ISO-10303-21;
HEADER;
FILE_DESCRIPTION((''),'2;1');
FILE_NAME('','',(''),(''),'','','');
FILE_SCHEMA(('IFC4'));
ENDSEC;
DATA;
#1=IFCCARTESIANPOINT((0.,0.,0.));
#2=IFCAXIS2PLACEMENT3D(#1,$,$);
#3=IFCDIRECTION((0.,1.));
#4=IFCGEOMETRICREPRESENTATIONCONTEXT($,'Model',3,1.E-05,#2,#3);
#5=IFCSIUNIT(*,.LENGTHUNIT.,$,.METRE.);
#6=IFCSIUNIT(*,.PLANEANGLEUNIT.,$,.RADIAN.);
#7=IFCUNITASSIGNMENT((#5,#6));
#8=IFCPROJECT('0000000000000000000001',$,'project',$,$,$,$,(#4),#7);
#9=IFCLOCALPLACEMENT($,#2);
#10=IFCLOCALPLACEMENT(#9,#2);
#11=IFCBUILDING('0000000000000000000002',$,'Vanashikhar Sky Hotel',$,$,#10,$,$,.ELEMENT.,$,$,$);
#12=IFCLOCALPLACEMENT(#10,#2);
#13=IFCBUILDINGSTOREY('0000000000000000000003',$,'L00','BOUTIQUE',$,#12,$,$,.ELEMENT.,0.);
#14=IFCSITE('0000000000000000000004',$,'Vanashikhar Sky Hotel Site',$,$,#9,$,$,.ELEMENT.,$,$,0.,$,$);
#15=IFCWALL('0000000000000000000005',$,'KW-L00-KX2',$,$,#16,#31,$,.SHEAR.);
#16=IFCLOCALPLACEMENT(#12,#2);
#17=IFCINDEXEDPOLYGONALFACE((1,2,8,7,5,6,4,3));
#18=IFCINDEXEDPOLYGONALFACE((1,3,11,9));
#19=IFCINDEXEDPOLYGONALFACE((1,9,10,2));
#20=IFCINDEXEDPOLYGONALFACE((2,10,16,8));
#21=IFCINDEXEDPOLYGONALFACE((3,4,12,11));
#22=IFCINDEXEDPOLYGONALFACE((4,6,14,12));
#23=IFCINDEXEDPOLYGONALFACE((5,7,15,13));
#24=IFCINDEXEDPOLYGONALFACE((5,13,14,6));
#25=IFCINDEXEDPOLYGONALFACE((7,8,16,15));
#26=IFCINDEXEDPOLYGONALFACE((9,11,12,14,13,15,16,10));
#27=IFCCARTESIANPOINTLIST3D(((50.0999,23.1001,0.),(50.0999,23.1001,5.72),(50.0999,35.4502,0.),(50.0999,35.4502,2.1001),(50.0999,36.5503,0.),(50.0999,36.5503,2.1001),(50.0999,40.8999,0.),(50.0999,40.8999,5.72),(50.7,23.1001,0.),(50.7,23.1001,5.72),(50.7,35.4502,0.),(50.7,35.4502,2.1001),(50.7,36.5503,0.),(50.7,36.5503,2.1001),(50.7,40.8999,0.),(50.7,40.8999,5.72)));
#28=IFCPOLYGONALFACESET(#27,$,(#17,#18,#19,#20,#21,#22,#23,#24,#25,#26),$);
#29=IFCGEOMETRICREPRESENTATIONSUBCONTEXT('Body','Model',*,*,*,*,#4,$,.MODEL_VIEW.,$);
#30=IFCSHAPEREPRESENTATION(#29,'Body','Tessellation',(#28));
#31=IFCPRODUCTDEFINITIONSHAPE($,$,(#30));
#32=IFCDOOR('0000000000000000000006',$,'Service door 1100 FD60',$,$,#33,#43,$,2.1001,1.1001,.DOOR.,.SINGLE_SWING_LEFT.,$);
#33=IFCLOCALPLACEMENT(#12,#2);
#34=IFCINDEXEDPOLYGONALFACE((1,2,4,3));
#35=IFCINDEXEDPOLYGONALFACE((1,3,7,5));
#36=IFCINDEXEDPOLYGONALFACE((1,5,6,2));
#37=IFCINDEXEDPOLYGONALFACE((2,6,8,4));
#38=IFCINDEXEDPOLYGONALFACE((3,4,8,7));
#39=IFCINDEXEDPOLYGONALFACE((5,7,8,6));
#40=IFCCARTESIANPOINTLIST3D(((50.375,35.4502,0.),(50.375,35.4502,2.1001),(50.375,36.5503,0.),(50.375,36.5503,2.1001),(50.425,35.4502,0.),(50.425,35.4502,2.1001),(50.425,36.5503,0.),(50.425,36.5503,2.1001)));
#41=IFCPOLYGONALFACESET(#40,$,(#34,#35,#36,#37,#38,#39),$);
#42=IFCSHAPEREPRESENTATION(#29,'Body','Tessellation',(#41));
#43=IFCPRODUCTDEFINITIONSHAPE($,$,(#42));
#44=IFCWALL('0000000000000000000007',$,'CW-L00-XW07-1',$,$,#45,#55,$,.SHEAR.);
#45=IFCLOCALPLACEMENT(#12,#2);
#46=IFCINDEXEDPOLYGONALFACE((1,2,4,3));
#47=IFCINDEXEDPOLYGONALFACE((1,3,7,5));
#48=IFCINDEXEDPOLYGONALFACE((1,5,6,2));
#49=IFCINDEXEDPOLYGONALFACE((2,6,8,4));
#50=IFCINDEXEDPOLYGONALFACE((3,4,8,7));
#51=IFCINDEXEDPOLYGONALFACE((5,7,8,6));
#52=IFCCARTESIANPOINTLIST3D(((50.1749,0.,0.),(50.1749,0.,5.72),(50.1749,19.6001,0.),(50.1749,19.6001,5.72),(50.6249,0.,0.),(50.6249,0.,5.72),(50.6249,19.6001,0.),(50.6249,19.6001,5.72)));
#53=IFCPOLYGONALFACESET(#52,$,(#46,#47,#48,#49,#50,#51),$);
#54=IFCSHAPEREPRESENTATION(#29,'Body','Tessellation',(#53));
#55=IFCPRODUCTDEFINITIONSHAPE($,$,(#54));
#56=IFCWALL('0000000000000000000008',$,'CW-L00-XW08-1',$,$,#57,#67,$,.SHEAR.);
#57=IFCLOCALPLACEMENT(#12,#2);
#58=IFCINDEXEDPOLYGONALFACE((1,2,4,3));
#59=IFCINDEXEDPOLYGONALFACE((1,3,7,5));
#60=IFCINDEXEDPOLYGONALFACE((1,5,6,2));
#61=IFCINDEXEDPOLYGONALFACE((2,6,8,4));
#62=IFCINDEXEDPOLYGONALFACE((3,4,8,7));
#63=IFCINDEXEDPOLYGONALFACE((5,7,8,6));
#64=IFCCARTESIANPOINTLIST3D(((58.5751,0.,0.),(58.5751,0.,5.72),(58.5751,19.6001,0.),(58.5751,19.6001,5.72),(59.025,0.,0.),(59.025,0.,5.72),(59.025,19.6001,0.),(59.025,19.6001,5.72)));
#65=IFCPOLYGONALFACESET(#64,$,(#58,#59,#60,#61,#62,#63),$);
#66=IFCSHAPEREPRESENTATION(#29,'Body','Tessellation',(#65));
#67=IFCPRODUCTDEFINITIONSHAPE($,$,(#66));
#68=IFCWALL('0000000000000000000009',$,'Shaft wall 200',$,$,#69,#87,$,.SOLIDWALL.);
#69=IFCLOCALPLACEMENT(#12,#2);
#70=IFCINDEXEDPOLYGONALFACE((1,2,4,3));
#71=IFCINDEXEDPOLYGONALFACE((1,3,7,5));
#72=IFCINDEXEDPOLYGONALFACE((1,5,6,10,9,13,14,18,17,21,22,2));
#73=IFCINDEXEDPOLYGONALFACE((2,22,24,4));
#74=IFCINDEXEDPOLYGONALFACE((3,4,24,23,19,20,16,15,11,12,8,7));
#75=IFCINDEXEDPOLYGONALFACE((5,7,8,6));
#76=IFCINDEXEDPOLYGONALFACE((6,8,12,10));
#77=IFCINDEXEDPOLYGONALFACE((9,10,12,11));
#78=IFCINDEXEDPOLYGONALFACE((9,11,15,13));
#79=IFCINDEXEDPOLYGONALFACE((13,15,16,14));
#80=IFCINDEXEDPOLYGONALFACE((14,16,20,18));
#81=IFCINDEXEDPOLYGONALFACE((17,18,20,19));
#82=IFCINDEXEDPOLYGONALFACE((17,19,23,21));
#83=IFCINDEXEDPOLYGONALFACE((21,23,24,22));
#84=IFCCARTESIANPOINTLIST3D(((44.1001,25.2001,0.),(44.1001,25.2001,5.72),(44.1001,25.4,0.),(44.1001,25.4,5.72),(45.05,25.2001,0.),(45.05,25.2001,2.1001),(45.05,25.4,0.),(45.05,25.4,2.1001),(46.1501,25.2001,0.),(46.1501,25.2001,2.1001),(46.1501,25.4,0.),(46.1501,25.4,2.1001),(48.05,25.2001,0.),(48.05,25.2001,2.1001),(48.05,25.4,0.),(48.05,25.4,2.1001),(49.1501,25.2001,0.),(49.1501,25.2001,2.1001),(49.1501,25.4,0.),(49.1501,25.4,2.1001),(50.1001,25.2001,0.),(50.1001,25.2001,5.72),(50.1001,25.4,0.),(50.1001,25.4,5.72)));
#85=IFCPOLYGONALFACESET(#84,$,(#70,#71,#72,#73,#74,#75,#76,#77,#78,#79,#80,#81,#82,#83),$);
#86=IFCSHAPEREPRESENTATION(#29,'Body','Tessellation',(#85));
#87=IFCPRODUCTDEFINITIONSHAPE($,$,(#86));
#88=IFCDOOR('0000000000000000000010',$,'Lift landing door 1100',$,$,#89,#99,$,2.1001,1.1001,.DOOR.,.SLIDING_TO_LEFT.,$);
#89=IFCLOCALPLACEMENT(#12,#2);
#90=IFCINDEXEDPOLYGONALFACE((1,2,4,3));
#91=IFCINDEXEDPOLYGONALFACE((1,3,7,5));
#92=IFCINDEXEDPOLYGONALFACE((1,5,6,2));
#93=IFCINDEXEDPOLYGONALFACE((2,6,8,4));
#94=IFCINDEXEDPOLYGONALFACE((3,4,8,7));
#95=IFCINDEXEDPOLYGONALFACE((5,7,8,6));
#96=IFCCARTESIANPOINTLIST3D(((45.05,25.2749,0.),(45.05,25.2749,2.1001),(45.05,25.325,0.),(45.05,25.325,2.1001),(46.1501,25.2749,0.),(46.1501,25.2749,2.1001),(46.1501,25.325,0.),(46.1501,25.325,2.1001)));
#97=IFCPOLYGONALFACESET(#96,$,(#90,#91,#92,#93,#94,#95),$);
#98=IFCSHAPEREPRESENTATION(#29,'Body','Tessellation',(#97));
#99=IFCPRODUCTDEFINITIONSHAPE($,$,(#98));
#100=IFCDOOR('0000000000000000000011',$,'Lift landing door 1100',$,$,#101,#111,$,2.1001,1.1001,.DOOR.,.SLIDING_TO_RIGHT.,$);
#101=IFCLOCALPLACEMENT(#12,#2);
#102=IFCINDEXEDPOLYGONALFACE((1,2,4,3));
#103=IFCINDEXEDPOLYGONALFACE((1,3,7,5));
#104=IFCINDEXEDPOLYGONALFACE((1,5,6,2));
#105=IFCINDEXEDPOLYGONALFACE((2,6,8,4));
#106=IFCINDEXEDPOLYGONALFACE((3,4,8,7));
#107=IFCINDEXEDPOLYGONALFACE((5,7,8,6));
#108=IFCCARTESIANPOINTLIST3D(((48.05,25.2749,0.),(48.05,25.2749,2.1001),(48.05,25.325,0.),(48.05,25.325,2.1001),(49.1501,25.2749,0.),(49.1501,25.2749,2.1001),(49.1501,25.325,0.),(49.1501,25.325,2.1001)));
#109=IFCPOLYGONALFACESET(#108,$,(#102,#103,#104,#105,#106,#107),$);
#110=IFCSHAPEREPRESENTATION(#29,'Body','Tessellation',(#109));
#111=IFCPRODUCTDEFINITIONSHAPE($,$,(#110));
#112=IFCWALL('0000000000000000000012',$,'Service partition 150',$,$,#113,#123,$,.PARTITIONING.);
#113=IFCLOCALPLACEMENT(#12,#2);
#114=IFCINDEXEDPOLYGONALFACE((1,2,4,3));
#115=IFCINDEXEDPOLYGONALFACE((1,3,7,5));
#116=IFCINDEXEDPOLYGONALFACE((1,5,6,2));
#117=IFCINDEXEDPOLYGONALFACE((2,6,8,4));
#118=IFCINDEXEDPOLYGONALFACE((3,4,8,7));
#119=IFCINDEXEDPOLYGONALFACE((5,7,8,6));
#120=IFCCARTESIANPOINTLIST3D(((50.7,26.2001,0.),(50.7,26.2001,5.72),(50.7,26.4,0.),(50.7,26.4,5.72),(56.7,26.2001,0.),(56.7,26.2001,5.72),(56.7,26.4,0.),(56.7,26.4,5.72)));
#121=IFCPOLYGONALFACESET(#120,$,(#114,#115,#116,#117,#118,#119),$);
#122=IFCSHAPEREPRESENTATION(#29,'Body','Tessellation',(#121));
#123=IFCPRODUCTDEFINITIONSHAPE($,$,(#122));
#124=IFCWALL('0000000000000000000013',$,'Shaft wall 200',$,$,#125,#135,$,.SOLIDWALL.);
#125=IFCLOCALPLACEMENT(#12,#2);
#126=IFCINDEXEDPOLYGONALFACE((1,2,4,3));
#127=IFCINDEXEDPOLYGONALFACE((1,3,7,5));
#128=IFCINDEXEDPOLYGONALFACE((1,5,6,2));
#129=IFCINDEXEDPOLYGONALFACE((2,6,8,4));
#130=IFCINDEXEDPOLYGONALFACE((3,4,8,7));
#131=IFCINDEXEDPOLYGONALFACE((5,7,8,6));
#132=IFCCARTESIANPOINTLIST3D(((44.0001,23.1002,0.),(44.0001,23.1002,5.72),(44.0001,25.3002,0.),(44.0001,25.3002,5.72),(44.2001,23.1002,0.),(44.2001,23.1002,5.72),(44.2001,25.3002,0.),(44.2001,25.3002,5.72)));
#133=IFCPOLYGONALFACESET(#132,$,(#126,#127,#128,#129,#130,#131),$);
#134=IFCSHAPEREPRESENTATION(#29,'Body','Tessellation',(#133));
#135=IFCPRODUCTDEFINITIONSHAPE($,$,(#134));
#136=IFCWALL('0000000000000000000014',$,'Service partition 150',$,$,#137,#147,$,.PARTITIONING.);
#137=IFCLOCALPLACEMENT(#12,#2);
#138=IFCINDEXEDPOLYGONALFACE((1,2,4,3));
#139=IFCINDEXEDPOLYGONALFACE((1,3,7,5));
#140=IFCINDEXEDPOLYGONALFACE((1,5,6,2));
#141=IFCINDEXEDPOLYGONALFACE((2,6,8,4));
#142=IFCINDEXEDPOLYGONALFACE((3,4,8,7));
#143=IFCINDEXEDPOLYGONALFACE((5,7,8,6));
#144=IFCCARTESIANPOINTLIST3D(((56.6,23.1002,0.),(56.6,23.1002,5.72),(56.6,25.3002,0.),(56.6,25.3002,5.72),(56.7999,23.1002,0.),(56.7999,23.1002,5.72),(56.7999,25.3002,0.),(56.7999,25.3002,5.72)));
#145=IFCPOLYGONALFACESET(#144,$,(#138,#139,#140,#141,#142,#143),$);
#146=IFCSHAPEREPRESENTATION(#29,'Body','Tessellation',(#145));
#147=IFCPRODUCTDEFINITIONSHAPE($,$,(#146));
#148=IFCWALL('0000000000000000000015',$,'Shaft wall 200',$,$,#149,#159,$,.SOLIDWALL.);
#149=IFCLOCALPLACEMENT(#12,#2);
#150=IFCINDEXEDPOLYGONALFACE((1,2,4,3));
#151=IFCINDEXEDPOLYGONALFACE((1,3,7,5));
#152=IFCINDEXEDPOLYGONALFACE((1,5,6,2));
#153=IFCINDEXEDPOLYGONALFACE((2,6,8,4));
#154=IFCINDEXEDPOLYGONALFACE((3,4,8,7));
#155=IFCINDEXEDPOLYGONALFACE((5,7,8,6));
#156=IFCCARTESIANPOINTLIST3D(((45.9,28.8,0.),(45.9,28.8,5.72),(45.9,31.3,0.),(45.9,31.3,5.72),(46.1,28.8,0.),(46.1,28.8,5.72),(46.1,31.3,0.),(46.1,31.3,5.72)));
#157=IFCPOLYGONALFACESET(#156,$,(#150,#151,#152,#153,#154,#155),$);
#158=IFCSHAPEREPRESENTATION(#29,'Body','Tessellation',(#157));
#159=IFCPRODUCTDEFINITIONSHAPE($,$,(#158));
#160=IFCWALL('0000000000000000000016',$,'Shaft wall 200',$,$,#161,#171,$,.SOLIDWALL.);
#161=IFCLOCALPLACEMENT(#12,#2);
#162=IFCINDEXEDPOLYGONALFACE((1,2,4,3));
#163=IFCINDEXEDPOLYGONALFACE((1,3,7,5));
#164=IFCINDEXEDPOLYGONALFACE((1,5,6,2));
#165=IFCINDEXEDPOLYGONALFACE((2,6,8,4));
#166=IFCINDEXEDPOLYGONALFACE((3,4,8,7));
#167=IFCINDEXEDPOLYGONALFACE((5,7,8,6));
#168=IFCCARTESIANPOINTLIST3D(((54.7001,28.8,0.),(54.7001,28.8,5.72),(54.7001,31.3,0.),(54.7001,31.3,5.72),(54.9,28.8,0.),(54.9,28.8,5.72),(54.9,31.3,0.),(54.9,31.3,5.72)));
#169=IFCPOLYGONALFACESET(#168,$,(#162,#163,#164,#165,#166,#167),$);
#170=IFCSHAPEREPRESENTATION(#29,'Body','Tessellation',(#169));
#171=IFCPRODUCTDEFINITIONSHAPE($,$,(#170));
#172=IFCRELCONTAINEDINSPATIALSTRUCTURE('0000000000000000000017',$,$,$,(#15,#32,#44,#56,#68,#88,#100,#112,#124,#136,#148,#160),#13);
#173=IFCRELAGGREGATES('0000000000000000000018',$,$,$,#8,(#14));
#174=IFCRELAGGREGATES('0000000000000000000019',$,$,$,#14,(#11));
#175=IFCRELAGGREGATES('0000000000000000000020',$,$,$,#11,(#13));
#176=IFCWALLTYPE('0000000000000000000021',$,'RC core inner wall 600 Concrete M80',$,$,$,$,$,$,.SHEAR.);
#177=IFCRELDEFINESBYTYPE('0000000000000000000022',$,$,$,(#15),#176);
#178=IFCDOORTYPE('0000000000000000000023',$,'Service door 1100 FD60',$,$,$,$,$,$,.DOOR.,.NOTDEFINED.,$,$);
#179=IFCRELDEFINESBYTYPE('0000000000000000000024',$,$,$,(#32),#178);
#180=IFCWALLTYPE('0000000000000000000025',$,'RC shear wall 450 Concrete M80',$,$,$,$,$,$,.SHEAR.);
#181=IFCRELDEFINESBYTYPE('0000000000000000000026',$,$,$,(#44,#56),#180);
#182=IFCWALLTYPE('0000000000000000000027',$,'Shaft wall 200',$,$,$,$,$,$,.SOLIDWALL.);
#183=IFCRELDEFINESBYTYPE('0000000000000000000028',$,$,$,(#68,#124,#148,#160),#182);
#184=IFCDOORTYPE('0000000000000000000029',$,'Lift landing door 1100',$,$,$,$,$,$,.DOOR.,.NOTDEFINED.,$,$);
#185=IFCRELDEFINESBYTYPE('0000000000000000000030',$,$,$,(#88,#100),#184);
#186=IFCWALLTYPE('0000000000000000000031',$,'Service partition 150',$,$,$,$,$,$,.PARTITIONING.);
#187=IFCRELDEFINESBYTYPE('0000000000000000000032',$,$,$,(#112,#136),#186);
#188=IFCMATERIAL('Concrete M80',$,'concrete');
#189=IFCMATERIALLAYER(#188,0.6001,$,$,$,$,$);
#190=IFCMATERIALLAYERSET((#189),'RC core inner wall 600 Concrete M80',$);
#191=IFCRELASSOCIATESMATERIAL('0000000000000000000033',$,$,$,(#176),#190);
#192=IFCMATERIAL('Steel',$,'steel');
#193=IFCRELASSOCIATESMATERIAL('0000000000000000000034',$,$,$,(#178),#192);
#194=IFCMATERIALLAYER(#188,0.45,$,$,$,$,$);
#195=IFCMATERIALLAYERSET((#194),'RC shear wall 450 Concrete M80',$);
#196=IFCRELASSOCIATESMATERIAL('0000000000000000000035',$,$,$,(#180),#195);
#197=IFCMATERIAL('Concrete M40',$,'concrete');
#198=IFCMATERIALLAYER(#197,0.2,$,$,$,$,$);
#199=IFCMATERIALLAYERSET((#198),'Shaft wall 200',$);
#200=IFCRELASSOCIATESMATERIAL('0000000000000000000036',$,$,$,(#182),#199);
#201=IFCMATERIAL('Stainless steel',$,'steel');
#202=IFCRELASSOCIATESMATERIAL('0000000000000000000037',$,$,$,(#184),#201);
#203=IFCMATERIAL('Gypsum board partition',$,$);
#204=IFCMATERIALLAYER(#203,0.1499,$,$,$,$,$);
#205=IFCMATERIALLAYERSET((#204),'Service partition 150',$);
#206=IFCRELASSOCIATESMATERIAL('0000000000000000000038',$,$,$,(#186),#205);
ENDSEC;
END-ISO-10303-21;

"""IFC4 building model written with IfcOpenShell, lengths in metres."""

from ifc_helpers import new_model, si_unit, direction, frame, frame_2d, origin, place, context, subcontext, project, spatial, rectangle, extrude, source, transform, mapped, material, layer, layer_set, type_object, element, fill, save


model = new_model("IFC4")

# Units and contexts
model_context = context("Model", 3, precision=1e-05, world=origin(), true_north=direction((0.0, 1.0)))
body_context = subcontext(model_context, "Body", "Model", "MODEL_VIEW")
ifc_project = project(units=[si_unit("LENGTHUNIT", "METRE"), si_unit("PLANEANGLEUNIT", "RADIAN")], contexts=[model_context])

# Site, building, storey
site_placement = place(None, origin())
site = spatial("IfcSite", under=ifc_project, at=site_placement, Name="Vanashikhar Sky Hotel Site", CompositionType="ELEMENT", RefElevation=0.0)
building_placement = place(site_placement, origin())
building = spatial("IfcBuilding", under=site, at=building_placement, Name="Vanashikhar Sky Hotel", CompositionType="ELEMENT")
storey_placement = place(building_placement, origin())
storey = spatial("IfcBuildingStorey", under=building, at=storey_placement, Name="L00", Description="BOUTIQUE", CompositionType="ELEMENT", Elevation=0.0)

# Wall, opening, door
ifc_material_1 = material(Name="Concrete M80", Category="concrete")
ifc_layer_1 = layer(ifc_material_1, 0.6001)
ifc_layer_set_1 = layer_set([ifc_layer_1], Name="RC core inner wall 600 Concrete M80")
wall_type_1 = type_object("IfcWallType", Name="RC core inner wall 600 Concrete M80", PredefinedType="SHEAR", material=ifc_layer_set_1)
shared_shape_1 = source(origin(), body_context, "Body", "SweptSolid", [
    extrude(rectangle(XDim=17.7998, YDim=0.6001, at=frame_2d((8.8999, 0.0))), origin(), (0.0, 0.0, 1.0), 5.72),
])
wall_1_placement = place(storey_placement, frame((50.3999, 23.1001, 0.0), z_axis=(0.0, 0.0, 1.0), x_axis=(0.0, 1.0, 0.0)))
wall_1 = element("IfcWall", 1, at=wall_1_placement, inside=storey, type_object=wall_type_1, Name="KW-L00-KX2", PredefinedType="SHEAR", context=body_context, shape_type="MappedRepresentation", body=[
    mapped(shared_shape_1, transform((0.0, 0.0, 0.0), scale=1.0)),
])
shared_shape_2 = source(origin(), body_context, "Body", "SweptSolid", [
    extrude(rectangle(XDim=1.1001, YDim=2.1001, at=frame_2d((0.55, 1.05))), frame((0.0, 0.3101, 0.0), z_axis=(0.0, -1.0, 0.0), x_axis=(1.0, 0.0, 0.0)), (0.0, 0.0, 1.0), 0.6201),
])
opening_1_placement = place(wall_1_placement, frame((12.3501, 0.0, 0.0)))
opening_1 = element("IfcOpeningElement", 2, at=opening_1_placement, cuts=wall_1, PredefinedType="OPENING", context=body_context, shape_type="MappedRepresentation", body=[
    mapped(shared_shape_2, transform((0.0, 0.0, 0.0), scale=1.0)),
])
ifc_material_2 = material(Name="Steel", Category="steel")
door_type_1 = type_object("IfcDoorType", Name="Service door 1100 FD60", OperationType="NOTDEFINED", PredefinedType="DOOR", material=ifc_material_2)
shared_shape_3 = source(origin(), body_context, "Body", "SweptSolid", [
    extrude(rectangle(XDim=1.1001, YDim=2.1001, at=frame_2d((0.55, 1.05))), frame((0.0, 0.0249, 0.0), z_axis=(0.0, -1.0, 0.0), x_axis=(1.0, 0.0, 0.0)), (0.0, 0.0, 1.0), 0.05),
])
door_1_placement = place(opening_1_placement, origin())
door_1 = element("IfcDoor", 3, at=door_1_placement, inside=storey, type_object=door_type_1, Name="Service door 1100 FD60", OperationType="SINGLE_SWING_LEFT", OverallHeight=2.1001, OverallWidth=1.1001, PredefinedType="DOOR", context=body_context, shape_type="MappedRepresentation", body=[
    mapped(shared_shape_3, transform((0.0, 0.0, 0.0), scale=1.0)),
])
fill(opening_1, door_1)

# Walls
ifc_layer_2 = layer(ifc_material_1, 0.45)
ifc_layer_set_2 = layer_set([ifc_layer_2], Name="RC shear wall 450 Concrete M80")
wall_type_2 = type_object("IfcWallType", Name="RC shear wall 450 Concrete M80", PredefinedType="SHEAR", material=ifc_layer_set_2)
shared_shape_4 = source(origin(), body_context, "Body", "SweptSolid", [
    extrude(rectangle(XDim=19.6001, YDim=0.45, at=frame_2d((9.8, 0.0))), origin(), (0.0, 0.0, 1.0), 5.72),
])
for number, where, z_axis, x_axis, name in (
    (4, (50.3999, 0.0, 0.0), (0.0, 0.0, 1.0), (0.0, 1.0, 0.0), "CW-L00-XW07-1"),
    (5, (58.8, 0.0, 0.0), (0.0, 0.0, 1.0), (0.0, 1.0, 0.0), "CW-L00-XW08-1"),
):
    element("IfcWall", number, at=place(storey_placement, frame(where, z_axis=z_axis, x_axis=x_axis)), inside=storey, type_object=wall_type_2, Name=name, PredefinedType="SHEAR", context=body_context, shape_type="MappedRepresentation", body=[
        mapped(shared_shape_4, transform((0.0, 0.0, 0.0), scale=1.0)),
    ])

# Wall, openings, doors
ifc_material_3 = material(Name="Concrete M40", Category="concrete")
ifc_layer_3 = layer(ifc_material_3, 0.2)
ifc_layer_set_3 = layer_set([ifc_layer_3], Name="Shaft wall 200")
wall_type_3 = type_object("IfcWallType", Name="Shaft wall 200", PredefinedType="SOLIDWALL", material=ifc_layer_set_3)
shared_shape_5 = source(origin(), body_context, "Body", "SweptSolid", [
    extrude(rectangle(XDim=6.0, YDim=0.2, at=frame_2d((3.0, 0.0))), origin(), (0.0, 0.0, 1.0), 5.72),
])
wall_2_placement = place(storey_placement, frame((44.1001, 25.3, 0.0), z_axis=(0.0, 0.0, 1.0), x_axis=(1.0, 0.0, 0.0)))
wall_2 = element("IfcWall", 6, at=wall_2_placement, inside=storey, type_object=wall_type_3, Name="Shaft wall 200", PredefinedType="SOLIDWALL", context=body_context, shape_type="MappedRepresentation", body=[
    mapped(shared_shape_5, transform((0.0, 0.0, 0.0), scale=1.0)),
])
shared_shape_6 = source(origin(), body_context, "Body", "SweptSolid", [
    extrude(rectangle(XDim=1.1001, YDim=2.1001, at=frame_2d((0.55, 1.05))), frame((0.0, 0.1099, 0.0), z_axis=(0.0, -1.0, 0.0), x_axis=(1.0, 0.0, 0.0)), (0.0, 0.0, 1.0), 0.22),
])
opening_2_placement = place(wall_2_placement, frame((0.95, 0.0, 0.0)))
opening_2 = element("IfcOpeningElement", 7, at=opening_2_placement, cuts=wall_2, PredefinedType="OPENING", context=body_context, shape_type="MappedRepresentation", body=[
    mapped(shared_shape_6, transform((0.0, 0.0, 0.0), scale=1.0)),
])
opening_3_placement = place(wall_2_placement, frame((3.95, 0.0, 0.0)))
opening_3 = element("IfcOpeningElement", 8, at=opening_3_placement, cuts=wall_2, PredefinedType="OPENING", context=body_context, shape_type="MappedRepresentation", body=[
    mapped(shared_shape_6, transform((0.0, 0.0, 0.0), scale=1.0)),
])
ifc_material_4 = material(Name="Stainless steel", Category="steel")
door_type_2 = type_object("IfcDoorType", Name="Lift landing door 1100", OperationType="NOTDEFINED", PredefinedType="DOOR", material=ifc_material_4)
door_2_placement = place(opening_2_placement, origin())
door_2 = element("IfcDoor", 9, at=door_2_placement, inside=storey, type_object=door_type_2, Name="Lift landing door 1100", OperationType="SLIDING_TO_LEFT", OverallHeight=2.1001, OverallWidth=1.1001, PredefinedType="DOOR", context=body_context, shape_type="MappedRepresentation", body=[
    mapped(shared_shape_3, transform((0.0, 0.0, 0.0), scale=1.0)),
])
fill(opening_2, door_2)
door_3_placement = place(opening_3_placement, origin())
door_3 = element("IfcDoor", 10, at=door_3_placement, inside=storey, type_object=door_type_2, Name="Lift landing door 1100", OperationType="SLIDING_TO_RIGHT", OverallHeight=2.1001, OverallWidth=1.1001, PredefinedType="DOOR", context=body_context, shape_type="MappedRepresentation", body=[
    mapped(shared_shape_3, transform((0.0, 0.0, 0.0), scale=1.0)),
])
fill(opening_3, door_3)

# Walls
ifc_material_5 = material(Name="Gypsum board partition")
ifc_layer_4 = layer(ifc_material_5, 0.1499)
ifc_layer_set_4 = layer_set([ifc_layer_4], Name="Service partition 150")
wall_type_4 = type_object("IfcWallType", Name="Service partition 150", PredefinedType="PARTITIONING", material=ifc_layer_set_4)
wall_3_placement = place(storey_placement, frame((56.7, 26.3, 0.0), z_axis=(0.0, 0.0, 1.0), x_axis=(-1.0, 0.0, 0.0)))
element("IfcWall", 11, at=wall_3_placement, inside=storey, type_object=wall_type_4, Name="Service partition 150", PredefinedType="PARTITIONING", context=body_context, shape_type="MappedRepresentation", body=[
    mapped(shared_shape_5, transform((0.0, 0.0, 0.0), scale=1.0)),
])
shared_shape_7 = source(origin(), body_context, "Body", "SweptSolid", [
    extrude(rectangle(XDim=2.2, YDim=0.2, at=frame_2d((1.1001, 0.0))), origin(), (0.0, 0.0, 1.0), 5.72),
])
wall_4_placement = place(storey_placement, frame((44.1001, 23.1001, 0.0), z_axis=(0.0, 0.0, 1.0), x_axis=(0.0, 1.0, 0.0)))
element("IfcWall", 12, at=wall_4_placement, inside=storey, type_object=wall_type_3, Name="Shaft wall 200", PredefinedType="SOLIDWALL", context=body_context, shape_type="MappedRepresentation", body=[
    mapped(shared_shape_7, transform((0.0, 0.0, 0.0), scale=1.0)),
])
wall_5_placement = place(storey_placement, frame((56.7, 23.1001, 0.0), z_axis=(0.0, 0.0, 1.0), x_axis=(0.0, 1.0, 0.0)))
element("IfcWall", 13, at=wall_5_placement, inside=storey, type_object=wall_type_4, Name="Service partition 150", PredefinedType="PARTITIONING", context=body_context, shape_type="MappedRepresentation", body=[
    mapped(shared_shape_7, transform((0.0, 0.0, 0.0), scale=1.0)),
])
shared_shape_8 = source(origin(), body_context, "Body", "SweptSolid", [
    extrude(rectangle(XDim=2.5, YDim=0.2, at=frame_2d((1.25, 0.0))), origin(), (0.0, 0.0, 1.0), 5.72),
])
for number, where, z_axis, x_axis, name in (
    (14, (46.0, 28.8, 0.0), (0.0, 0.0, 1.0), (0.0, 1.0, 0.0), "Shaft wall 200"),
    (15, (54.8, 28.8, 0.0), (0.0, 0.0, 1.0), (0.0, 1.0, 0.0), "Shaft wall 200"),
):
    element("IfcWall", number, at=place(storey_placement, frame(where, z_axis=z_axis, x_axis=x_axis)), inside=storey, type_object=wall_type_3, Name=name, PredefinedType="SOLIDWALL", context=body_context, shape_type="MappedRepresentation", body=[
        mapped(shared_shape_8, transform((0.0, 0.0, 0.0), scale=1.0)),
    ])

save(model, "model.ifc")
